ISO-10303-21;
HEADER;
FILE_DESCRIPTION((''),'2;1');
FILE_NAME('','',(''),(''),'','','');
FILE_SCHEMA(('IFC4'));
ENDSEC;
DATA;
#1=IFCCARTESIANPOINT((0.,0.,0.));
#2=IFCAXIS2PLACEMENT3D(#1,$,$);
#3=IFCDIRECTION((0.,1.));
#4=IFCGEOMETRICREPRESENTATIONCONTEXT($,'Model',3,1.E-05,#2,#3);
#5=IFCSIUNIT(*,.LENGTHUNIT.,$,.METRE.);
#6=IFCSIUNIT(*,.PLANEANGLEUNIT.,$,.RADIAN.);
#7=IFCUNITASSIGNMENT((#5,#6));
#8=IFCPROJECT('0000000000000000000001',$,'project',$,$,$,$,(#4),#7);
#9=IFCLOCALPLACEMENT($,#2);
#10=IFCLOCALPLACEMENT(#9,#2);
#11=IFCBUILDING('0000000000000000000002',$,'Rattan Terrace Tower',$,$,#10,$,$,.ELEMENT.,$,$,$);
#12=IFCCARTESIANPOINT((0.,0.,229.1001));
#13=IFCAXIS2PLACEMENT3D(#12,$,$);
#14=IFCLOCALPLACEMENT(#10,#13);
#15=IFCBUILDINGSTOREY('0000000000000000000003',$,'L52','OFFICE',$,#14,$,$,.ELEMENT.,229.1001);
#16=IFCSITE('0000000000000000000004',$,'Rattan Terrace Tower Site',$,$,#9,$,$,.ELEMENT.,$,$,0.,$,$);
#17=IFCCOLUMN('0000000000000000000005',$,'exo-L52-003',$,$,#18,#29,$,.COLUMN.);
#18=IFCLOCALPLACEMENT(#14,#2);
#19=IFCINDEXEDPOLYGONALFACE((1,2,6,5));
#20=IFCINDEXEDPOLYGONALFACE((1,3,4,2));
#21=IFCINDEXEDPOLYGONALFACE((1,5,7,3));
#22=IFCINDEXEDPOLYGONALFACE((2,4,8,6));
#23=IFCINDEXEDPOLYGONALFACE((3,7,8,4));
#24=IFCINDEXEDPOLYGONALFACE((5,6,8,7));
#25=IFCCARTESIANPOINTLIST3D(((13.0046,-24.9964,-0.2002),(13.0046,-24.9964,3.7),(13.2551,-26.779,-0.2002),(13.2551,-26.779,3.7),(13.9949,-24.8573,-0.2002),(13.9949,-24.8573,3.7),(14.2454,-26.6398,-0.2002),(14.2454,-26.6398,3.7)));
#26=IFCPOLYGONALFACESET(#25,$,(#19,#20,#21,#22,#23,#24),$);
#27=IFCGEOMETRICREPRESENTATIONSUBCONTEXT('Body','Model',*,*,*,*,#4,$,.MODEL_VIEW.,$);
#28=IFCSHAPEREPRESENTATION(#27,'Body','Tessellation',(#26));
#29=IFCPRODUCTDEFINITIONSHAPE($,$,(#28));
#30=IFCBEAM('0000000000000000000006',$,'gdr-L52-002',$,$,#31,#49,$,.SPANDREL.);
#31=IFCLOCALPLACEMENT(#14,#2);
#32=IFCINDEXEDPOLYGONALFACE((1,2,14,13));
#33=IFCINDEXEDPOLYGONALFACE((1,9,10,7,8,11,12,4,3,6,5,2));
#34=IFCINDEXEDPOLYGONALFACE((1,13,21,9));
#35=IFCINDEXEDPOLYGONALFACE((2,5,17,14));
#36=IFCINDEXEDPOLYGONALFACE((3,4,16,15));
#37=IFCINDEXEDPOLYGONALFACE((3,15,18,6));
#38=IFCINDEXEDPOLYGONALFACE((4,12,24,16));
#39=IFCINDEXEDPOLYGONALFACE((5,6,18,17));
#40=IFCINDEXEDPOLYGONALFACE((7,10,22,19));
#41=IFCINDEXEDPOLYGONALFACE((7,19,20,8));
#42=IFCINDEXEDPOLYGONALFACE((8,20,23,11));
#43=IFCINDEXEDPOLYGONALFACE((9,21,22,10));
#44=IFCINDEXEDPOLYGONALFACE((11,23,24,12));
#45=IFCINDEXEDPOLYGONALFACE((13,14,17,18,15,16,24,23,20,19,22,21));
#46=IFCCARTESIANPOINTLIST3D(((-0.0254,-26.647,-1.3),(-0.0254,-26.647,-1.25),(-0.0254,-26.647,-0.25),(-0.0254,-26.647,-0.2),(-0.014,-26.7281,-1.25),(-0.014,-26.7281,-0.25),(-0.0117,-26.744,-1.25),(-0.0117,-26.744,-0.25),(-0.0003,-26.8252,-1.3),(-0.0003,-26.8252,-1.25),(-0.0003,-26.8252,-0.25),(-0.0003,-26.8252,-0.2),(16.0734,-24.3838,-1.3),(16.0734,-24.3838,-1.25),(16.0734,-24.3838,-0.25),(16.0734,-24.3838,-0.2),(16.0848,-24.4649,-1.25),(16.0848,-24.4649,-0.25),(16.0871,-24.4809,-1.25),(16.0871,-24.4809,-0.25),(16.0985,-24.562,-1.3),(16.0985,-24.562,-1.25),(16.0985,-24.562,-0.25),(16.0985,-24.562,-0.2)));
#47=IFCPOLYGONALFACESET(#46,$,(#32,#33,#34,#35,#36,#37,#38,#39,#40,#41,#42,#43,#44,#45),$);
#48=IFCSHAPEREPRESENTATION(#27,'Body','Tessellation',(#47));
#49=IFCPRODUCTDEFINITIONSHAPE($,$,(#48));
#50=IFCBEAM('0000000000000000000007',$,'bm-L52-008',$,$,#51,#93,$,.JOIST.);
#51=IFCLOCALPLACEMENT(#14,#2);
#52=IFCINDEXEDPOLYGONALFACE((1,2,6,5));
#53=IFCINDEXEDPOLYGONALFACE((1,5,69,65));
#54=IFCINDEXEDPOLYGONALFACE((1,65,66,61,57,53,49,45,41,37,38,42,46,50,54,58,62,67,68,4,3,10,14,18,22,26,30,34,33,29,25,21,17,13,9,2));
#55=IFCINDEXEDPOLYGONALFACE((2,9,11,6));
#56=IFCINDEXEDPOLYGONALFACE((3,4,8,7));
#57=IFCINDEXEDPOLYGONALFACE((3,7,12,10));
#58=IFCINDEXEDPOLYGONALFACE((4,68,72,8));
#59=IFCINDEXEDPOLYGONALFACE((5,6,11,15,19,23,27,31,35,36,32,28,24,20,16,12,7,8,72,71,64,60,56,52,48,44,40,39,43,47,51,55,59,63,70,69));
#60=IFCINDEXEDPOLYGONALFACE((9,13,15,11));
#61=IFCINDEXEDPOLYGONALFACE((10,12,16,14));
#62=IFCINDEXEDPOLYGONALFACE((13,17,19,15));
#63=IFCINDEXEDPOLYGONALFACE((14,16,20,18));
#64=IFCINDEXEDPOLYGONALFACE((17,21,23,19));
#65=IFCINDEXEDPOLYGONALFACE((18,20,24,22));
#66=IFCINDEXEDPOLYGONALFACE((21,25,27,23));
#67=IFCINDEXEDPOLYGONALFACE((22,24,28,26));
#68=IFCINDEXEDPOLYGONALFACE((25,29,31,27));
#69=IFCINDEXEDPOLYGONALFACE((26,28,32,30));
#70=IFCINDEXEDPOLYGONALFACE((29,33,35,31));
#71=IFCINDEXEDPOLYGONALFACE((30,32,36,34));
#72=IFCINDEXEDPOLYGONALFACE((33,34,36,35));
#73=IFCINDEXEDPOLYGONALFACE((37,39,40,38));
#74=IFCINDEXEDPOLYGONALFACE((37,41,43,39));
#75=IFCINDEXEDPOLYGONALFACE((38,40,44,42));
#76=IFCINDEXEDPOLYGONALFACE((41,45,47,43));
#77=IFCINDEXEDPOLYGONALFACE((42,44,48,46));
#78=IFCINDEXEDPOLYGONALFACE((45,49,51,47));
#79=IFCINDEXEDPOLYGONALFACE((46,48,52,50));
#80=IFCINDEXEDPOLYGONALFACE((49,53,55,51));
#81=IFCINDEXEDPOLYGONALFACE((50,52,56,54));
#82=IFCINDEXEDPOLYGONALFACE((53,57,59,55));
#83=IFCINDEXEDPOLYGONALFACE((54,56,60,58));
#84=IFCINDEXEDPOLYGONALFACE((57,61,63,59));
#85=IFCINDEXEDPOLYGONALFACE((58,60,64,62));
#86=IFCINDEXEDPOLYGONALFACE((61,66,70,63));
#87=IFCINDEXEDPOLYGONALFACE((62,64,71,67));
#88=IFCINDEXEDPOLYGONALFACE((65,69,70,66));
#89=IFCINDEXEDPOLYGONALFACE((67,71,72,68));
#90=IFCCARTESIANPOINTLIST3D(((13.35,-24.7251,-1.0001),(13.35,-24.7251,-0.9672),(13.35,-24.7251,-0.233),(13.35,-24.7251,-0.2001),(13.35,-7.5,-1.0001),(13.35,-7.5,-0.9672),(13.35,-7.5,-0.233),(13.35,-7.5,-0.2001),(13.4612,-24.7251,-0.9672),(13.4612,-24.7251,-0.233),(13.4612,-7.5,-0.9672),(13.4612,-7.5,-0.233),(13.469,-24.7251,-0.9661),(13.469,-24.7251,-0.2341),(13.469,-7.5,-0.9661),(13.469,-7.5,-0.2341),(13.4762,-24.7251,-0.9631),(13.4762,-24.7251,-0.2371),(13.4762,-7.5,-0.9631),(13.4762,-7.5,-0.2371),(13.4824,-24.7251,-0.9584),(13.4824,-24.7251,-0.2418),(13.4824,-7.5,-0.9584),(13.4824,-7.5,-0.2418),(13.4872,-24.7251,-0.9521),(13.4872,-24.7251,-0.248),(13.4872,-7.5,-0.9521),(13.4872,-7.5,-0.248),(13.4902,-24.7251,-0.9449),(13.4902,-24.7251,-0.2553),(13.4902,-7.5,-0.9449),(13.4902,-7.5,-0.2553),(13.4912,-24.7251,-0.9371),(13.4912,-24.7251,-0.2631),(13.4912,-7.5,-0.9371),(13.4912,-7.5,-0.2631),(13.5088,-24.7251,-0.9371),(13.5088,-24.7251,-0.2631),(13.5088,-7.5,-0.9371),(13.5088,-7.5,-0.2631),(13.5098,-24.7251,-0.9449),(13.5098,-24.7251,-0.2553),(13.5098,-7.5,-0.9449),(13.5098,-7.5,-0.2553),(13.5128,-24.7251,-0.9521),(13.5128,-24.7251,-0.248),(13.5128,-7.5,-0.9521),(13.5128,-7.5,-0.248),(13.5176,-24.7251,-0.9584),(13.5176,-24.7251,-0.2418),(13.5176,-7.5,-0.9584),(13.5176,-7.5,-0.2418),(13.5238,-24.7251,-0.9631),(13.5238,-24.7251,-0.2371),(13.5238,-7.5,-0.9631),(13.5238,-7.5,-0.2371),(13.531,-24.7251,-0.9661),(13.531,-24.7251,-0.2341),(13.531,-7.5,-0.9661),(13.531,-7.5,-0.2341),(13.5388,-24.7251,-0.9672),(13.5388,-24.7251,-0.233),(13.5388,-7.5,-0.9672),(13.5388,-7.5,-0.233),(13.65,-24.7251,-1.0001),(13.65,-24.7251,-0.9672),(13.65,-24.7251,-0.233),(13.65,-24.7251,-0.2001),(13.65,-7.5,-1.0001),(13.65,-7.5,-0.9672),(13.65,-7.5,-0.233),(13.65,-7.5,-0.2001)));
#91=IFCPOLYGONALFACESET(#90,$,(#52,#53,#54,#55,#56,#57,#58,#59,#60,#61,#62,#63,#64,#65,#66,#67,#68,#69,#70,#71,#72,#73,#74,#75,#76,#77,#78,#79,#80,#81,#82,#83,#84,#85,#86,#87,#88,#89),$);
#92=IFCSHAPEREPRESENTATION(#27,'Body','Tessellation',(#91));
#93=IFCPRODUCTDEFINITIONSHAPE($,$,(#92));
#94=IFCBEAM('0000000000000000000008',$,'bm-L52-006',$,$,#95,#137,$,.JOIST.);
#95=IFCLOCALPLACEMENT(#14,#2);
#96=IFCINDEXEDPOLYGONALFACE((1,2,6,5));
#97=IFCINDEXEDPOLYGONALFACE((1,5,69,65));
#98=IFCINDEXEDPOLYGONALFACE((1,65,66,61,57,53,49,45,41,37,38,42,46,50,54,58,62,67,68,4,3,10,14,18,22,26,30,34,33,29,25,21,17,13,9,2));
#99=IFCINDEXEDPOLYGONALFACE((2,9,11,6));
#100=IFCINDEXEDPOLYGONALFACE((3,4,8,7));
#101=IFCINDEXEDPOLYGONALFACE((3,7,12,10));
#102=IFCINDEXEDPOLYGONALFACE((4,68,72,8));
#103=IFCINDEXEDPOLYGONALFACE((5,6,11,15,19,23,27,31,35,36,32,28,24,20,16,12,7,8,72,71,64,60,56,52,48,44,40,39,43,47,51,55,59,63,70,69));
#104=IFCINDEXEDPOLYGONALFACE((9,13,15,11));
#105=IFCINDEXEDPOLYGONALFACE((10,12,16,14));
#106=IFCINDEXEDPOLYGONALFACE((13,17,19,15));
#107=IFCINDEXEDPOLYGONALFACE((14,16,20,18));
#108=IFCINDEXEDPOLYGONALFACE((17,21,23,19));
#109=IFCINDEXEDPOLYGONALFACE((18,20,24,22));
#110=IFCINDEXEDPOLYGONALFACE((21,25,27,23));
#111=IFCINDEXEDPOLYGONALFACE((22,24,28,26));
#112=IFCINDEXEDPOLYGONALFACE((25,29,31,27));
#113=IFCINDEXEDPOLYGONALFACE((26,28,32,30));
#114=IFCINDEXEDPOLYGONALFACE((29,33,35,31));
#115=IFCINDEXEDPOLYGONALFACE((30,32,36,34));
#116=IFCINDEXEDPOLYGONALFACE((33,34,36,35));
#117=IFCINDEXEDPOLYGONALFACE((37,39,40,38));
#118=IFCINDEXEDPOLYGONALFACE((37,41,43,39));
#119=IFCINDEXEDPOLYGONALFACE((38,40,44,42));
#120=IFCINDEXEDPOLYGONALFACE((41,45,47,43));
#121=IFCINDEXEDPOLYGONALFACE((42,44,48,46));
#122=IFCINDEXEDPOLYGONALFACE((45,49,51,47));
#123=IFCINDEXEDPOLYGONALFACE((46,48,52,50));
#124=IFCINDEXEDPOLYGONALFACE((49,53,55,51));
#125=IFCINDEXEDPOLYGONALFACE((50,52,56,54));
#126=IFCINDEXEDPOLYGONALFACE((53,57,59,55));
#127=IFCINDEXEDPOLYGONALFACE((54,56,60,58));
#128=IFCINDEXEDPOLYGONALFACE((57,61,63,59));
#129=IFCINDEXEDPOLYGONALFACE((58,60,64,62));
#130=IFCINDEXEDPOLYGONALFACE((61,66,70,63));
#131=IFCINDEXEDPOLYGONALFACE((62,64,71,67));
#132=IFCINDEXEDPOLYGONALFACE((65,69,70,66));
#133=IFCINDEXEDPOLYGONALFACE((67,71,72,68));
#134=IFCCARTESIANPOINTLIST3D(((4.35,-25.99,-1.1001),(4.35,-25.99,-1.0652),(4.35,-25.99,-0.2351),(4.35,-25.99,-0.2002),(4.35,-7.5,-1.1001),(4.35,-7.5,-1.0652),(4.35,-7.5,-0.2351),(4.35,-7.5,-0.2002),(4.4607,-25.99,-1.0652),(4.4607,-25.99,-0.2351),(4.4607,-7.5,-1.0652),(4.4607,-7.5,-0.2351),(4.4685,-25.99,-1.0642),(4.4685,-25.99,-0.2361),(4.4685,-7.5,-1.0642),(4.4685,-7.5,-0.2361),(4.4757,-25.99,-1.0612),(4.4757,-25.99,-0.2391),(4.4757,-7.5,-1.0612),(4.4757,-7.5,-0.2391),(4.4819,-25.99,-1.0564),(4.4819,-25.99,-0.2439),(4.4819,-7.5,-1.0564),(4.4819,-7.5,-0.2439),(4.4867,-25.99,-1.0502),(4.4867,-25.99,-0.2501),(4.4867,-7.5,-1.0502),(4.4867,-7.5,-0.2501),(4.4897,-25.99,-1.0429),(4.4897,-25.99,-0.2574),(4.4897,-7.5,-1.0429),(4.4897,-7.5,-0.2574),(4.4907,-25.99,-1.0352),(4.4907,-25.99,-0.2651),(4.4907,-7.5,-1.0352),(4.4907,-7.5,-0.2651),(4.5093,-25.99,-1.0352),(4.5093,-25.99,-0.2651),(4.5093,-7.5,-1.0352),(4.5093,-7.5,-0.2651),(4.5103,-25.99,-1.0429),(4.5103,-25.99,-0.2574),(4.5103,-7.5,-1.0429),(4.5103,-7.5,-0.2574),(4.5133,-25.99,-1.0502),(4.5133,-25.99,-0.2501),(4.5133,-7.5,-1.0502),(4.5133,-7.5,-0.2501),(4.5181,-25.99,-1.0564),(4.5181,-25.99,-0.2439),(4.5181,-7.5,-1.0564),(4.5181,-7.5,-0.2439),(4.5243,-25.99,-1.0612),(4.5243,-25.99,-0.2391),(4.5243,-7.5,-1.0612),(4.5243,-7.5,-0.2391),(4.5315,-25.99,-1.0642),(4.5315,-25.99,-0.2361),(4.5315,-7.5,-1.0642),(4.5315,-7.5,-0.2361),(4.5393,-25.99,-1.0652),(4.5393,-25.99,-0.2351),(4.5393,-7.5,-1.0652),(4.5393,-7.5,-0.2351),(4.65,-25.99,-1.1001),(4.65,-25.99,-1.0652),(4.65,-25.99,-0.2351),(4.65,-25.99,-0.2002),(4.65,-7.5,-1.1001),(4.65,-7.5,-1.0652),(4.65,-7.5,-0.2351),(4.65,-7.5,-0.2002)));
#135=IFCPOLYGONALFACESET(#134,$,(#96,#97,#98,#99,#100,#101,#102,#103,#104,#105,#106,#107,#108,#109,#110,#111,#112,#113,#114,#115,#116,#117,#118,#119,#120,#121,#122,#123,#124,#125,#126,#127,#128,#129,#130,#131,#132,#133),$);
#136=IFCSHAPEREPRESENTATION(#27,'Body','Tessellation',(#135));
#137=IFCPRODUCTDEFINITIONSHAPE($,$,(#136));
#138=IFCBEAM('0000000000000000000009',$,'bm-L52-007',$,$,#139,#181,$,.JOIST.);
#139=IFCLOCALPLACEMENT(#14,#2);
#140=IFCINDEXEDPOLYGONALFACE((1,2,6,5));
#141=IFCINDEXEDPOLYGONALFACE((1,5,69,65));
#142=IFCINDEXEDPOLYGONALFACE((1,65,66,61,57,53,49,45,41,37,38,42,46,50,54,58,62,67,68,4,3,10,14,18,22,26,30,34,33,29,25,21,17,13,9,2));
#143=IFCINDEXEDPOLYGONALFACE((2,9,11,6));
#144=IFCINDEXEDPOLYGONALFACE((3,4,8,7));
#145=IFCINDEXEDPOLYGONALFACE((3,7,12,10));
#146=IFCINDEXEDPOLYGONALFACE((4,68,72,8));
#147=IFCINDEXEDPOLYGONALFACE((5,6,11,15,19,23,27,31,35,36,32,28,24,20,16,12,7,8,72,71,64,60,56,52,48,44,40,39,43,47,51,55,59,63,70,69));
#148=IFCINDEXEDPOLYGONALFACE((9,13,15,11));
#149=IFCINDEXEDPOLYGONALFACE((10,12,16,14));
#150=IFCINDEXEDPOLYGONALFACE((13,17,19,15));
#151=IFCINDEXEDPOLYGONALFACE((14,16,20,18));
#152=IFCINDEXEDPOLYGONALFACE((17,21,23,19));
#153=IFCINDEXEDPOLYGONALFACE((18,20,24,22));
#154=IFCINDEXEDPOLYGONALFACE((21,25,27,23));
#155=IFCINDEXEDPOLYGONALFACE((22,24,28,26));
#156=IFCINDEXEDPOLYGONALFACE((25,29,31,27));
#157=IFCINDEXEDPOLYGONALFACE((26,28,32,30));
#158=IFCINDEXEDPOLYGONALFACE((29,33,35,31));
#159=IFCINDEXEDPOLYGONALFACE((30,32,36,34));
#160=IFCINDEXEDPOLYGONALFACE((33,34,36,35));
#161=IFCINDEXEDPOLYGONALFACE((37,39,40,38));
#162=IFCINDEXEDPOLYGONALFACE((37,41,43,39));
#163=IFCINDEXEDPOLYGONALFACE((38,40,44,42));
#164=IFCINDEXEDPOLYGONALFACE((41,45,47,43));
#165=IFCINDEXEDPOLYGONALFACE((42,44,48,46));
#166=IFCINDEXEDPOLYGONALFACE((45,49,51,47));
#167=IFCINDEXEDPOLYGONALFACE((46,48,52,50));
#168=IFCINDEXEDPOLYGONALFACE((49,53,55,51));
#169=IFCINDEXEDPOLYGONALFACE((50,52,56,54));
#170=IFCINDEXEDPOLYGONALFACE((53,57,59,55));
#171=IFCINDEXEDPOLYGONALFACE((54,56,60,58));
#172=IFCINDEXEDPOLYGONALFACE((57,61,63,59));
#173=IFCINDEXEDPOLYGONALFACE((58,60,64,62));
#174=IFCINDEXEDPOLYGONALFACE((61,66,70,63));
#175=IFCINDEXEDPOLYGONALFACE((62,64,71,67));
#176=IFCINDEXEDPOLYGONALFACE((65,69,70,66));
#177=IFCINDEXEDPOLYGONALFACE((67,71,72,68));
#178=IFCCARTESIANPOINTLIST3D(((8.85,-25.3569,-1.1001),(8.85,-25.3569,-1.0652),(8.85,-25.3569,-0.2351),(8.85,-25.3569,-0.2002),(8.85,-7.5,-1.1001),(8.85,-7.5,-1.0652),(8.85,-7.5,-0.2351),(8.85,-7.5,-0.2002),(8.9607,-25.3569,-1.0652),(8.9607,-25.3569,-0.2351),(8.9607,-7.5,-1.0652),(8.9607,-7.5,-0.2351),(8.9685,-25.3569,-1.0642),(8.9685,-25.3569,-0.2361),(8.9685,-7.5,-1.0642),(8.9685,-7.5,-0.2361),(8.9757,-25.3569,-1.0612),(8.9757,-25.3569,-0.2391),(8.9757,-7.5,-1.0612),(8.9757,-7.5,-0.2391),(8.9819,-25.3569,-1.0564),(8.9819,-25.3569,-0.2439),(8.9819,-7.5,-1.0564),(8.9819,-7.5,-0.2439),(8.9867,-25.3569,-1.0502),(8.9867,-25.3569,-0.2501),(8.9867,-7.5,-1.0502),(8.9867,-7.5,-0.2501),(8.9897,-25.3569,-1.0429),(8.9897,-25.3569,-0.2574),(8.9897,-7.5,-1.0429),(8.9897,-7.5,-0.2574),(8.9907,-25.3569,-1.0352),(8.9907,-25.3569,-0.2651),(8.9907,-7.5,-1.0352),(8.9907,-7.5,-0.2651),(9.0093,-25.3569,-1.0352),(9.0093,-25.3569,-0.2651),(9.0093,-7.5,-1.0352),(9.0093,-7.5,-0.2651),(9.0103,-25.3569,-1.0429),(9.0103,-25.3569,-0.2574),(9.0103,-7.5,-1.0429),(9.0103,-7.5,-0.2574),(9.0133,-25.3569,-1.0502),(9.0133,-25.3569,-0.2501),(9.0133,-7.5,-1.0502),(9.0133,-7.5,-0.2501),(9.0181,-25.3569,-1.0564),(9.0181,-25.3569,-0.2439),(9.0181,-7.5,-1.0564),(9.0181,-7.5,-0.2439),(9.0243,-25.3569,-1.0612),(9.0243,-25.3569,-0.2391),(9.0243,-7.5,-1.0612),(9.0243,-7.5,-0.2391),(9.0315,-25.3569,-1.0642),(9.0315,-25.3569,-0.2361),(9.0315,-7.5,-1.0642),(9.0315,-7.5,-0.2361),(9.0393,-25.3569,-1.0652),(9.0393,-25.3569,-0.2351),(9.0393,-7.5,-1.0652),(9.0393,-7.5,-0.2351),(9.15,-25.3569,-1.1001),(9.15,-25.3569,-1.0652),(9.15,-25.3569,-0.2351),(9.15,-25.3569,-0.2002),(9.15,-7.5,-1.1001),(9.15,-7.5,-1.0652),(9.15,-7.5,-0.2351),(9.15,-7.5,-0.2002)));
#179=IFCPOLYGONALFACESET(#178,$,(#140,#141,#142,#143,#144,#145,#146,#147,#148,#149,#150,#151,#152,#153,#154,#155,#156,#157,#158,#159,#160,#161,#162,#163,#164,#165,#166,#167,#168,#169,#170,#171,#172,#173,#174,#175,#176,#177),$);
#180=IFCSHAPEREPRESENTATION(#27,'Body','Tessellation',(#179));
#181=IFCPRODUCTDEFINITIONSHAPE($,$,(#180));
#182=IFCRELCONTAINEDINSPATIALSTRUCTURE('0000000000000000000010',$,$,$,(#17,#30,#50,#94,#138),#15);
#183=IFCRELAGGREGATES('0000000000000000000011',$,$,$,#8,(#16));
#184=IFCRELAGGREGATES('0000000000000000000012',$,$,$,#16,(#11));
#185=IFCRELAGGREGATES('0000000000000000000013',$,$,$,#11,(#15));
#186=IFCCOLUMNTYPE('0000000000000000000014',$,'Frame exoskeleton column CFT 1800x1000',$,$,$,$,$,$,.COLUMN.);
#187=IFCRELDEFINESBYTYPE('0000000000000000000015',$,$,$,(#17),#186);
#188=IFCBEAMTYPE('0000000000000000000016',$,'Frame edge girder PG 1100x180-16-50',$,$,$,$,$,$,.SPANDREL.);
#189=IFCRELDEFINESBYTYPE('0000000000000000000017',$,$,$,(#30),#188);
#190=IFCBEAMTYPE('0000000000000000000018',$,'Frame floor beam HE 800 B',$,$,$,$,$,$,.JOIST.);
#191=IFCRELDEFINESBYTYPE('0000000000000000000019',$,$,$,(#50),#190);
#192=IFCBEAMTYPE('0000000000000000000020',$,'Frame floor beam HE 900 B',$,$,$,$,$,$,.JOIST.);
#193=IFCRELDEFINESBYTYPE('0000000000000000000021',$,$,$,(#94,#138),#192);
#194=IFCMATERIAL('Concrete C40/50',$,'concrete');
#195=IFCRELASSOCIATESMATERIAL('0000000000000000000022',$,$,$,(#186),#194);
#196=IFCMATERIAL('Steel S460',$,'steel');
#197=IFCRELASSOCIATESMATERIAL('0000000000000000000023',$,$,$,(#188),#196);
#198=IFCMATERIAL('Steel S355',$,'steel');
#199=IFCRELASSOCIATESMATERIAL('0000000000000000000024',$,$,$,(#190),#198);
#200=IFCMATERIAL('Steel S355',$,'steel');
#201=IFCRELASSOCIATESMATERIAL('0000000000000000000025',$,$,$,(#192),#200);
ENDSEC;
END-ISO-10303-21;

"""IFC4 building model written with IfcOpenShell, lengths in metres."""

from ifc_helpers import new_model, si_unit, direction, frame, origin, origin_2d, place, context, subcontext, project, spatial, rectangle, i_section, extrude, material, material_profile, profile_set, type_object, element, save


model = new_model("IFC4")

# Units and contexts
model_context = context("Model", 3, precision=1e-05, world=origin(), true_north=direction((0.0, 1.0)))
body_context = subcontext(model_context, "Body", "Model", "MODEL_VIEW")
ifc_project = project(units=[si_unit("LENGTHUNIT", "METRE"), si_unit("PLANEANGLEUNIT", "RADIAN")], contexts=[model_context])

# Site, building, storey
site_placement = place(None, origin())
site = spatial("IfcSite", under=ifc_project, at=site_placement, Name="Rattan Terrace Tower Site", CompositionType="ELEMENT", RefElevation=0.0)
building_placement = place(site_placement, origin())
building = spatial("IfcBuilding", under=site, at=building_placement, Name="Rattan Terrace Tower", CompositionType="ELEMENT")
storey_placement = place(building_placement, frame((0.0, 0.0, 229.1001)))
storey = spatial("IfcBuildingStorey", under=building, at=storey_placement, Name="L52", Description="OFFICE", CompositionType="ELEMENT", Elevation=229.1001)

# Column
ifc_material_1 = material(Name="Concrete C40/50", Category="concrete")
ifc_material_profile_1 = material_profile(ifc_material_1, rectangle(XDim=1.0, YDim=1.8, at=origin_2d()), Name="CFT 1800x1000")
ifc_profile_set_1 = profile_set([ifc_material_profile_1], Name="Concrete C40/50")
column_type = type_object("IfcColumnType", Name="Frame exoskeleton column CFT 1800x1000", PredefinedType="COLUMN", material=ifc_profile_set_1)
column_placement = place(storey_placement, frame((13.625, -25.8181, -0.2002), z_axis=(0.0, 0.0, 1.0), x_axis=(0.990268, 0.139173, 0.0)))
element("IfcColumn", 1, at=column_placement, inside=storey, type_object=column_type, Name="exo-L52-003", PredefinedType="COLUMN", context=body_context, shape_type="SweptSolid", body=[
    extrude(rectangle(XDim=1.0, YDim=1.8, at=origin_2d()), origin(), (0.0, 0.0, 1.0), 3.9001),
])

# Beams
ifc_material_2 = material(Name="Steel S460", Category="steel")
ifc_material_profile_2 = material_profile(ifc_material_2, i_section(OverallWidth=0.1799, OverallDepth=1.1001, WebThickness=0.0161, FlangeThickness=0.05, at=origin_2d()), Name="PG 1100x180-16-50")
ifc_profile_set_2 = profile_set([ifc_material_profile_2], Name="Steel S460")
beam_type_1 = type_object("IfcBeamType", Name="Frame edge girder PG 1100x180-16-50", PredefinedType="SPANDREL", material=ifc_profile_set_2)
beam_1_placement = place(storey_placement, frame((16.0859, -24.4729, -0.75), z_axis=(-0.990263, -0.139211, 0.0), x_axis=(0.139211, -0.990263, 0.0)))
element("IfcBeam", 2, at=beam_1_placement, inside=storey, type_object=beam_type_1, Name="gdr-L52-002", PredefinedType="SPANDREL", context=body_context, shape_type="SweptSolid", body=[
    extrude(i_section(OverallWidth=0.1799, OverallDepth=1.1001, WebThickness=0.0161, FlangeThickness=0.05, at=origin_2d()), origin(), (0.0, 0.0, 1.0), 16.2571),
])
ifc_material_3 = material(Name="Steel S355", Category="steel")
ifc_material_profile_3 = material_profile(ifc_material_3, i_section(OverallWidth=0.3, OverallDepth=0.8, WebThickness=0.0176, FlangeThickness=0.033, FilletRadius=0.03, at=origin_2d()), Name="HE 800 B")
ifc_profile_set_3 = profile_set([ifc_material_profile_3], Name="Steel S355")
beam_type_2 = type_object("IfcBeamType", Name="Frame floor beam HE 800 B", PredefinedType="JOIST", material=ifc_profile_set_3)
beam_2_placement = place(storey_placement, frame((13.5, -24.7251, -0.6001), z_axis=(0.0, 1.0, 0.0), x_axis=(-1.0, 0.0, 0.0)))
element("IfcBeam", 3, at=beam_2_placement, inside=storey, type_object=beam_type_2, Name="bm-L52-008", PredefinedType="JOIST", context=body_context, shape_type="SweptSolid", body=[
    extrude(i_section(OverallWidth=0.3, OverallDepth=0.8, WebThickness=0.0176, FlangeThickness=0.033, FilletRadius=0.03, at=origin_2d()), origin(), (0.0, 0.0, 1.0), 17.2251),
])
ifc_material_4 = material(Name="Steel S355", Category="steel")
ifc_material_profile_4 = material_profile(ifc_material_4, i_section(OverallWidth=0.3, OverallDepth=0.8999, WebThickness=0.0186, FlangeThickness=0.0349, FilletRadius=0.03, at=origin_2d()), Name="HE 900 B")
ifc_profile_set_4 = profile_set([ifc_material_profile_4], Name="Steel S355")
beam_type_3 = type_object("IfcBeamType", Name="Frame floor beam HE 900 B", PredefinedType="JOIST", material=ifc_profile_set_4)
beam_3_placement = place(storey_placement, frame((4.5, -25.99, -0.6501), z_axis=(0.0, 1.0, 0.0), x_axis=(-1.0, 0.0, 0.0)))
element("IfcBeam", 4, at=beam_3_placement, inside=storey, type_object=beam_type_3, Name="bm-L52-006", PredefinedType="JOIST", context=body_context, shape_type="SweptSolid", body=[
    extrude(i_section(OverallWidth=0.3, OverallDepth=0.8999, WebThickness=0.0186, FlangeThickness=0.0349, FilletRadius=0.03, at=origin_2d()), origin(), (0.0, 0.0, 1.0), 18.49),
])
beam_4_placement = place(storey_placement, frame((9.0, -25.3569, -0.6501), z_axis=(0.0, 1.0, 0.0), x_axis=(-1.0, 0.0, 0.0)))
element("IfcBeam", 5, at=beam_4_placement, inside=storey, type_object=beam_type_3, Name="bm-L52-007", PredefinedType="JOIST", context=body_context, shape_type="SweptSolid", body=[
    extrude(i_section(OverallWidth=0.3, OverallDepth=0.8999, WebThickness=0.0186, FlangeThickness=0.0349, FilletRadius=0.03, at=origin_2d()), origin(), (0.0, 0.0, 1.0), 17.8569),
])

save(model, "model.ifc")
